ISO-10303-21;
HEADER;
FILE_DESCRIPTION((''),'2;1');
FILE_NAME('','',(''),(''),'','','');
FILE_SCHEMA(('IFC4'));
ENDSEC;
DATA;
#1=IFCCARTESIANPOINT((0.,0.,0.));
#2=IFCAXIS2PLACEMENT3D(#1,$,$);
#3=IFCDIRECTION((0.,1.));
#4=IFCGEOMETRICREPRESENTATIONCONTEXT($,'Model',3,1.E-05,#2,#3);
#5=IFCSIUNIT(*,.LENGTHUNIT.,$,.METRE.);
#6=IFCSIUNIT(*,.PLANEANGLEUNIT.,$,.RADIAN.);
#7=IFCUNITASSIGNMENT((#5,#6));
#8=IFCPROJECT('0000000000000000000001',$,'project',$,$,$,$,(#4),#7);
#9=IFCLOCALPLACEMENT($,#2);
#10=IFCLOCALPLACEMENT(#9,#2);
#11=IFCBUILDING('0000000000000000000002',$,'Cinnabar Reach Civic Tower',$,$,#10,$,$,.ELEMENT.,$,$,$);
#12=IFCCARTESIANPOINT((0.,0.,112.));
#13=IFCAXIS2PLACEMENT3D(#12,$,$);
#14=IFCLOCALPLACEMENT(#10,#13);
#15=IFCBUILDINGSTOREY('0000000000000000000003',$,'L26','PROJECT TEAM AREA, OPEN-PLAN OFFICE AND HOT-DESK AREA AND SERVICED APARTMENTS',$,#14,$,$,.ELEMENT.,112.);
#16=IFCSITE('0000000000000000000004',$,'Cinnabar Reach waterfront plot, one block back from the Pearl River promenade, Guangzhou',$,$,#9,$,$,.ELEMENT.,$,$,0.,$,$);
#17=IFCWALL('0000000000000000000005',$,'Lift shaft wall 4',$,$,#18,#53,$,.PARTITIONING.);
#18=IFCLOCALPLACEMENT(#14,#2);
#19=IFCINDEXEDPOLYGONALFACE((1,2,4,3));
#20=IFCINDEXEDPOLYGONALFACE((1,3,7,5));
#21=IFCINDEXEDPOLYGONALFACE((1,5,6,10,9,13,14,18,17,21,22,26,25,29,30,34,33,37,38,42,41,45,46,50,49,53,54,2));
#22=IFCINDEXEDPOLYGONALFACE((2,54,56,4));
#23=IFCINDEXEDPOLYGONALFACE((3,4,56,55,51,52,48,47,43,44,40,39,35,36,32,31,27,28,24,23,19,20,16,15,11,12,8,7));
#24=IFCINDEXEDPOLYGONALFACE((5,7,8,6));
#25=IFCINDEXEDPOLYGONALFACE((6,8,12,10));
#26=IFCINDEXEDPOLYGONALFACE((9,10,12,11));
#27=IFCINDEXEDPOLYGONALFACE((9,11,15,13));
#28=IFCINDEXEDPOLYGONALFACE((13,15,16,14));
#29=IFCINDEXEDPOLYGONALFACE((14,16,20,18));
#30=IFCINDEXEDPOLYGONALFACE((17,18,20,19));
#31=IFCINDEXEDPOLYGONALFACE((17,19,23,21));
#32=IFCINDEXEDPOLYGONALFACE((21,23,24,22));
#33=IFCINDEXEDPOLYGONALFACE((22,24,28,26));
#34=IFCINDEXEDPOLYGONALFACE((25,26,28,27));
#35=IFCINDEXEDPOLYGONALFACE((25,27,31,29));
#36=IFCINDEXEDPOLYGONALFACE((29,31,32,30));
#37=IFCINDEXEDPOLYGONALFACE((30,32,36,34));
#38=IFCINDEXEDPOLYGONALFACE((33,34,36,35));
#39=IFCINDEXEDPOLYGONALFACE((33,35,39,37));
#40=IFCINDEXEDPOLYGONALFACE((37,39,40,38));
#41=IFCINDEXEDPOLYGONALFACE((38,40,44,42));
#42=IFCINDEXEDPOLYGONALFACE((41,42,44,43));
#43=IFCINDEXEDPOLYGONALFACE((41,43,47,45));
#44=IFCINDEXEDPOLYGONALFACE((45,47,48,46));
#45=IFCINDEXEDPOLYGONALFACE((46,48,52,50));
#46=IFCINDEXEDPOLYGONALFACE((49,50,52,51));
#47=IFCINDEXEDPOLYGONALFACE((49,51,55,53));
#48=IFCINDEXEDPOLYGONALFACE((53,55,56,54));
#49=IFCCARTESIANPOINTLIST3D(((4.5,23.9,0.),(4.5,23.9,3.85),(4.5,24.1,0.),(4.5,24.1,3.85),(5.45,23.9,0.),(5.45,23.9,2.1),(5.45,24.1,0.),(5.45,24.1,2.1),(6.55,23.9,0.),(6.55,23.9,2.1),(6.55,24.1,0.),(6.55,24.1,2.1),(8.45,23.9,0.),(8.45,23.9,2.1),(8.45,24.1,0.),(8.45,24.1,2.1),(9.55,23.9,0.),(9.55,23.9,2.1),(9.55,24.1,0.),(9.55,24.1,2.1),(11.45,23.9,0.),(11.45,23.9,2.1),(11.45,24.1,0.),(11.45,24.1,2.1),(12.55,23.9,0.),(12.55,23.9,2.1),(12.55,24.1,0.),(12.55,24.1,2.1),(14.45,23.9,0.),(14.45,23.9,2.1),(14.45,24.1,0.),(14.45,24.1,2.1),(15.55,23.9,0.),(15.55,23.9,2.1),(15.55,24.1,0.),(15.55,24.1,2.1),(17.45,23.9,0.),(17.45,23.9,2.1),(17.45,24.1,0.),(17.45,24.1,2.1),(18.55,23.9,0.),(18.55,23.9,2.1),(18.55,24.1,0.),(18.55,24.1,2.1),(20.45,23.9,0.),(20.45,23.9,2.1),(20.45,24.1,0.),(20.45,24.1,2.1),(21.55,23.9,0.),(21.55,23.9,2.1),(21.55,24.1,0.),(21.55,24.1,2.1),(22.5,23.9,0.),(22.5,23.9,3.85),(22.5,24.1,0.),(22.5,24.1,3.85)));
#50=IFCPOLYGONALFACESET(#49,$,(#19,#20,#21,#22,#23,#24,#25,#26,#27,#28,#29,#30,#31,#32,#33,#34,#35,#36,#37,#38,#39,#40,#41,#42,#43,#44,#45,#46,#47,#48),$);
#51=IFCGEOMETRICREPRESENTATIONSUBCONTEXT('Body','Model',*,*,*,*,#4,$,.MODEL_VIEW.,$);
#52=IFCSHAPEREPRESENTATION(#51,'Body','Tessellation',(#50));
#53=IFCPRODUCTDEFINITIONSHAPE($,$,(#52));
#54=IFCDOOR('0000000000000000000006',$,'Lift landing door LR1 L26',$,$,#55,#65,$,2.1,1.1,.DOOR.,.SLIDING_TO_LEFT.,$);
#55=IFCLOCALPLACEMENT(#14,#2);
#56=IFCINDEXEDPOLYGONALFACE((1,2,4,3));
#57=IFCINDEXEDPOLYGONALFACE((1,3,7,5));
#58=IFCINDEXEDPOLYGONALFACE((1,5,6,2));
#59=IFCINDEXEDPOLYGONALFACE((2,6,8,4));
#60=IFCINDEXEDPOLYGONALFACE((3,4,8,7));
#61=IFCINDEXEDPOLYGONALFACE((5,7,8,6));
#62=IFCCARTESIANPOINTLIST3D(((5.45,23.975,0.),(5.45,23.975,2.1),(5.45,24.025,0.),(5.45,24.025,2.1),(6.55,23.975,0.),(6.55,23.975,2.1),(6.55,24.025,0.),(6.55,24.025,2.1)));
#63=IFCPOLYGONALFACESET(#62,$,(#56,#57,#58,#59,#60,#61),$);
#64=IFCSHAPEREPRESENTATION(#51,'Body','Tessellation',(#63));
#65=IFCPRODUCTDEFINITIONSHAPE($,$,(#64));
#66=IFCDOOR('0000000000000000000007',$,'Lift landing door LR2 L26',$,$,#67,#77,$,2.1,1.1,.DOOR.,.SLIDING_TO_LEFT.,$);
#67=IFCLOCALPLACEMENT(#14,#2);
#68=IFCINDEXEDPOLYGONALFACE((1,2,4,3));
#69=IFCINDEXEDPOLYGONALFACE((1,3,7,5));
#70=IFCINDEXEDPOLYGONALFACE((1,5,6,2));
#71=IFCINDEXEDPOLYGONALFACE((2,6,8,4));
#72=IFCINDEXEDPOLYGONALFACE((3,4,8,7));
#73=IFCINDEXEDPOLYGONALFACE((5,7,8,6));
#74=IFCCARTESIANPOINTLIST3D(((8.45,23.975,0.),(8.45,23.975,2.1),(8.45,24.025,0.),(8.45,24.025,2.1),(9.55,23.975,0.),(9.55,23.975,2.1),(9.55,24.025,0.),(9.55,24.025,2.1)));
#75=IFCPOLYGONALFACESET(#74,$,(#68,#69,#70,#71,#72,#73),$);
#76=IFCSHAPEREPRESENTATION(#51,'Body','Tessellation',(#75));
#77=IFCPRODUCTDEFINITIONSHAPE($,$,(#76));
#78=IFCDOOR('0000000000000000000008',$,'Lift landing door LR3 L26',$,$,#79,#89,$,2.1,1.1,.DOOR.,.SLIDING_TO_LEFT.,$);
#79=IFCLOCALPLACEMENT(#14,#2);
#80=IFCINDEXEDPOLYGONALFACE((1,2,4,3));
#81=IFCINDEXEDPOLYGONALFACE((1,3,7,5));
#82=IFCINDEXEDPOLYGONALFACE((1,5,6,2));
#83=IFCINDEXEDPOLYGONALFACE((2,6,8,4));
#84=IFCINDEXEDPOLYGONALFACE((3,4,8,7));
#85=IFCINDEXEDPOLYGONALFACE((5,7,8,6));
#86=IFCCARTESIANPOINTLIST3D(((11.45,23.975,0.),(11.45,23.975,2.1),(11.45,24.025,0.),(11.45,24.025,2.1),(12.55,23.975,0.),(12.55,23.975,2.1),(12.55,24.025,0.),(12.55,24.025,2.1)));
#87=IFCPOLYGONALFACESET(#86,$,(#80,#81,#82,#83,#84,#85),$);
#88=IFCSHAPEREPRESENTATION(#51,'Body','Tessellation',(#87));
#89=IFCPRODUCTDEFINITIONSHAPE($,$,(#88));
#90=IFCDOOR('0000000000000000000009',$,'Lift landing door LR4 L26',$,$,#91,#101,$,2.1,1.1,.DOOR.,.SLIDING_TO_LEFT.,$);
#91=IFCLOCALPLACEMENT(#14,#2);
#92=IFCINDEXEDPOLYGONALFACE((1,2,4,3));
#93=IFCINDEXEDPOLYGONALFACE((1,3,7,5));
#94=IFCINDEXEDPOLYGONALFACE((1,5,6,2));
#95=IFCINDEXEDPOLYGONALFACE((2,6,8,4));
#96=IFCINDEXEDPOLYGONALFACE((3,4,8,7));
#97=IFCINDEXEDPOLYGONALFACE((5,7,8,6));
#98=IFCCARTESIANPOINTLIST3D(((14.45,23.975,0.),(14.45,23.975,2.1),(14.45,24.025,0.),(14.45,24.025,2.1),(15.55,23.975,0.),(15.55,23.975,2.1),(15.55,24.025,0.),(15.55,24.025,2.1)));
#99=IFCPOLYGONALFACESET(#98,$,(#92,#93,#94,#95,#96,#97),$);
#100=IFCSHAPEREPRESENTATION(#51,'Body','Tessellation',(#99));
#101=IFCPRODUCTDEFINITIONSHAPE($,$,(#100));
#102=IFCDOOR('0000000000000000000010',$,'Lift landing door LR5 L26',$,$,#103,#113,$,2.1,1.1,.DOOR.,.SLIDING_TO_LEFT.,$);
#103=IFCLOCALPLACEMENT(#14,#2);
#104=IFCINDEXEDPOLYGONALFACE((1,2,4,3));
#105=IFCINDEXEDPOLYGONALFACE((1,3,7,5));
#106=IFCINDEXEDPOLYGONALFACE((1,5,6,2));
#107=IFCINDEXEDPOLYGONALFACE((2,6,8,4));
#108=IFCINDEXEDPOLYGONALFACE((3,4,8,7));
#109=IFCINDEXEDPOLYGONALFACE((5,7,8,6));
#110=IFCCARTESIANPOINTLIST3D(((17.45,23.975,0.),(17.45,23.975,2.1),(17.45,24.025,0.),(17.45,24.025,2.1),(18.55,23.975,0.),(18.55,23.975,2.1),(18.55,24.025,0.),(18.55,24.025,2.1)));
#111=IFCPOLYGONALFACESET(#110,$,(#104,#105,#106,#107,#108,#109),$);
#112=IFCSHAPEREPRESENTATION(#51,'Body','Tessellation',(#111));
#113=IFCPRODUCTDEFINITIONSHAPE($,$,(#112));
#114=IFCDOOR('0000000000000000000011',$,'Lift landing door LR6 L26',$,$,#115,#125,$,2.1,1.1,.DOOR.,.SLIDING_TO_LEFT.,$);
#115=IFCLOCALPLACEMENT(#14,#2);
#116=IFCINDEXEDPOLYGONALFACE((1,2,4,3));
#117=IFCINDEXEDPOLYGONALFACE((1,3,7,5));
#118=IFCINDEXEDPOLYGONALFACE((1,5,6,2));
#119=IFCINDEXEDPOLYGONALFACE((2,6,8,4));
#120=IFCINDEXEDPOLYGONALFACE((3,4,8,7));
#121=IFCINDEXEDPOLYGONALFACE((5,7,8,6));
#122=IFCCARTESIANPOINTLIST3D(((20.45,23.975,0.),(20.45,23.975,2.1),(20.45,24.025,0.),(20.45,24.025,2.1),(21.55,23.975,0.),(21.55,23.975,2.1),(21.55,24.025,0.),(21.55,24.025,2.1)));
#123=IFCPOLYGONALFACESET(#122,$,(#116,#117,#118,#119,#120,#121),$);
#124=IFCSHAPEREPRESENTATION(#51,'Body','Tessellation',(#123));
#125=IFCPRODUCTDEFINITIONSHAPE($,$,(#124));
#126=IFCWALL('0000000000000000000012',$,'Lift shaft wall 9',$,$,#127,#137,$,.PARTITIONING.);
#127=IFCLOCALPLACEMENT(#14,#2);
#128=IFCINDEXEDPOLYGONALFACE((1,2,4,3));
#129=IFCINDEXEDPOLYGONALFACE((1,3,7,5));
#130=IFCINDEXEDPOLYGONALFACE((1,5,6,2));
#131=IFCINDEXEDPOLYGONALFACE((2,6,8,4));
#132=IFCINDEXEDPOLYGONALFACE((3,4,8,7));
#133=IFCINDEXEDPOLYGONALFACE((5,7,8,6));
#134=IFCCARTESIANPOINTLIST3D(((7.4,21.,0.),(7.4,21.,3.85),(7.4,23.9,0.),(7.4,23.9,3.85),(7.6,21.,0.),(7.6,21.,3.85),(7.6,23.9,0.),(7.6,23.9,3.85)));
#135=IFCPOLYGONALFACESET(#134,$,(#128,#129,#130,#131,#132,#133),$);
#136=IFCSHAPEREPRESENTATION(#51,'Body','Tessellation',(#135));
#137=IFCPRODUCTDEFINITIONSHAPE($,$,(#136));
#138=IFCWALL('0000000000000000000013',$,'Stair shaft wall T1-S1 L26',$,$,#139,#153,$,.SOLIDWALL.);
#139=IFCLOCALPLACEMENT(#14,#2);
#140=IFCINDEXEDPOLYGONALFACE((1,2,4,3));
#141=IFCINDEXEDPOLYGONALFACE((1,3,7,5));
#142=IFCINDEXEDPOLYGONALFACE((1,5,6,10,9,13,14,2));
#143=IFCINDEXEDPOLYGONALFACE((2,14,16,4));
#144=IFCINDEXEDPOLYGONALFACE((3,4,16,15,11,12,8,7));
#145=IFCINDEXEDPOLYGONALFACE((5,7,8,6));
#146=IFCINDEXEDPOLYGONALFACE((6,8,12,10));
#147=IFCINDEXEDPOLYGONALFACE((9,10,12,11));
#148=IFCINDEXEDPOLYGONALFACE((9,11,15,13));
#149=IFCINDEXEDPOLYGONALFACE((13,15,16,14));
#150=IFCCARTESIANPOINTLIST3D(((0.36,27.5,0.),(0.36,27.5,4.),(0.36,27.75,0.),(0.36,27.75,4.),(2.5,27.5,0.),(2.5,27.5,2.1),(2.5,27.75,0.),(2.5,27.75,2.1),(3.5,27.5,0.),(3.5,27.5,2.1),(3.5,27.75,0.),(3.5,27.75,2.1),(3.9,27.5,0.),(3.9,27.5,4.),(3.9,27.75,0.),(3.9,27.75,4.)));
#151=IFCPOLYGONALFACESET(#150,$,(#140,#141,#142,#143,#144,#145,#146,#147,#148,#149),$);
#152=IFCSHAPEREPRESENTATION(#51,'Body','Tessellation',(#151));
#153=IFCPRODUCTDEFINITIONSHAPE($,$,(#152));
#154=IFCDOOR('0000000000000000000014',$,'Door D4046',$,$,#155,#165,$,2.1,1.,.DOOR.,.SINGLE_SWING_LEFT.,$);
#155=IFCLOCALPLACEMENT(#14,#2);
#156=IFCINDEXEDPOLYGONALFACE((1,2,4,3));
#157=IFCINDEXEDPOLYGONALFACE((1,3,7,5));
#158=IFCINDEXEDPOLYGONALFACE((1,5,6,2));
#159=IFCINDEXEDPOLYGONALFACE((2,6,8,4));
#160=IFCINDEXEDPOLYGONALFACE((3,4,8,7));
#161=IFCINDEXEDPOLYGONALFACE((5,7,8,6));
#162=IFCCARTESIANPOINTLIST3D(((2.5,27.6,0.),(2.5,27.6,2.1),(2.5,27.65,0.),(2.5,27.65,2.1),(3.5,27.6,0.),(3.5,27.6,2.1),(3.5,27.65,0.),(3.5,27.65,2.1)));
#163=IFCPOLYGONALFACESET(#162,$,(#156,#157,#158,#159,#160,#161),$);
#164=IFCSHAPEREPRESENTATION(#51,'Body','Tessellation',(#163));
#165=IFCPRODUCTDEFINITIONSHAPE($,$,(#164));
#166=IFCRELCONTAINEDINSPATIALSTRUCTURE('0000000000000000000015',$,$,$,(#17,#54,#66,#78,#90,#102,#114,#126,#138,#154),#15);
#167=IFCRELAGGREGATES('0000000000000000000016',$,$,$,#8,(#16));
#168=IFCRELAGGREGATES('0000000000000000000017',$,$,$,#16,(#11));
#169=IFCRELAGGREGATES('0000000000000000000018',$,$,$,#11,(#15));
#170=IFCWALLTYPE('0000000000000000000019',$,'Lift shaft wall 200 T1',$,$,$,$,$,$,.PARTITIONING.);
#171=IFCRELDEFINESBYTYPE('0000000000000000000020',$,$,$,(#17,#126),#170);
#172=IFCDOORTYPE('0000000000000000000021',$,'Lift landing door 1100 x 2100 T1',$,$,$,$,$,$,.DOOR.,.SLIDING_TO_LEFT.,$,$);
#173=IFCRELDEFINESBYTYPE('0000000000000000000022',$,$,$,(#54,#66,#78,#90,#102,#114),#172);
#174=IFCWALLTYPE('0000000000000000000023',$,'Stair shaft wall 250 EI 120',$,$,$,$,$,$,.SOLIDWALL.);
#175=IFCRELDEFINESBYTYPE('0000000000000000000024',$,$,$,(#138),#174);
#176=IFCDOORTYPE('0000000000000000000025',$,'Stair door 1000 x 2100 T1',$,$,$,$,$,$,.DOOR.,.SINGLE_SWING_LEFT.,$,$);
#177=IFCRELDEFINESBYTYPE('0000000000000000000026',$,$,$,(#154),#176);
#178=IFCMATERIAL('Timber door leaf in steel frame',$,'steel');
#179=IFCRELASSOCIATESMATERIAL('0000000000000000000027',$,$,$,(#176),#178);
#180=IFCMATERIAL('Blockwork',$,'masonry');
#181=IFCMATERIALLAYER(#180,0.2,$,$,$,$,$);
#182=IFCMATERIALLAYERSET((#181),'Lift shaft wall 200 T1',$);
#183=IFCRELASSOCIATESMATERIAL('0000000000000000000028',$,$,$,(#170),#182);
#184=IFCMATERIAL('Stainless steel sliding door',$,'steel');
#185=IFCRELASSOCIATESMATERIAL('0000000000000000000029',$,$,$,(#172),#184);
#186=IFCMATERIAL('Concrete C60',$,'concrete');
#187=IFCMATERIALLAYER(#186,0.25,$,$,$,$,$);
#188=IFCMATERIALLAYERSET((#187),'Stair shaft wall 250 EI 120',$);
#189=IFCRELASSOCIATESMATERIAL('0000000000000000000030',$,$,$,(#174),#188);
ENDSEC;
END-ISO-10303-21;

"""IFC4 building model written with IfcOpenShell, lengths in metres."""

from ifc_helpers import new_model, si_unit, direction, frame, frame_2d, origin, place, context, subcontext, project, spatial, rectangle, extrude, material, layer, layer_set, type_object, element, fill, save


model = new_model("IFC4")

# Units and contexts
model_context = context("Model", 3, precision=1e-05, world=origin(), true_north=direction((0.0, 1.0)))
body_context = subcontext(model_context, "Body", "Model", "MODEL_VIEW")
ifc_project = project(units=[si_unit("LENGTHUNIT", "METRE"), si_unit("PLANEANGLEUNIT", "RADIAN")], contexts=[model_context])

# Site, building, storey
site_placement = place(None, origin())
site = spatial("IfcSite", under=ifc_project, at=site_placement, Name="Cinnabar Reach waterfront plot, one block back from the Pearl River promenade, Guangzhou", CompositionType="ELEMENT", RefElevation=0.0)
building_placement = place(site_placement, origin())
building = spatial("IfcBuilding", under=site, at=building_placement, Name="Cinnabar Reach Civic Tower", CompositionType="ELEMENT")
storey_placement = place(building_placement, frame((0.0, 0.0, 112.0)))
storey = spatial("IfcBuildingStorey", under=building, at=storey_placement, Name="L26", Description="PROJECT TEAM AREA, OPEN-PLAN OFFICE AND HOT-DESK AREA AND SERVICED APARTMENTS", CompositionType="ELEMENT", Elevation=112.0)

# Shared definitions
ifc_material_1 = material(Name="Timber door leaf in steel frame", Category="steel")
door_type_1 = type_object("IfcDoorType", Name="Stair door 1000 x 2100 T1", OperationType="SINGLE_SWING_LEFT", PredefinedType="DOOR", material=ifc_material_1)

# Wall, openings, doors
ifc_material_2 = material(Name="Blockwork", Category="masonry")
ifc_layer_1 = layer(ifc_material_2, 0.2)
ifc_layer_set_1 = layer_set([ifc_layer_1], Name="Lift shaft wall 200 T1")
wall_type_1 = type_object("IfcWallType", Name="Lift shaft wall 200 T1", PredefinedType="PARTITIONING", material=ifc_layer_set_1)
wall_1_placement = place(storey_placement, frame((4.5, 24.0, 0.0), z_axis=(0.0, 0.0, 1.0), x_axis=(1.0, 0.0, 0.0)))
wall_1 = element("IfcWall", 1, at=wall_1_placement, inside=storey, type_object=wall_type_1, Name="Lift shaft wall 4", PredefinedType="PARTITIONING", context=body_context, shape_type="SweptSolid", body=[
    extrude(rectangle(XDim=18.0, YDim=0.2, at=frame_2d((9.0, 0.0))), origin(), (0.0, 0.0, 1.0), 3.85),
])
opening_1_placement = place(wall_1_placement, frame((0.95, 0.0, 0.0)))
opening_1 = element("IfcOpeningElement", 2, at=opening_1_placement, cuts=wall_1, PredefinedType="OPENING", context=body_context, shape_type="SweptSolid", body=[
    extrude(rectangle(XDim=1.1, YDim=2.1, at=frame_2d((0.55, 1.05))), frame((0.0, 0.11, 0.0), z_axis=(0.0, -1.0, 0.0), x_axis=(1.0, 0.0, 0.0)), (0.0, 0.0, 1.0), 0.22),
])
opening_2_placement = place(wall_1_placement, frame((3.95, 0.0, 0.0)))
opening_2 = element("IfcOpeningElement", 3, at=opening_2_placement, cuts=wall_1, PredefinedType="OPENING", context=body_context, shape_type="SweptSolid", body=[
    extrude(rectangle(XDim=1.1, YDim=2.1, at=frame_2d((0.55, 1.05))), frame((0.0, 0.11, 0.0), z_axis=(0.0, -1.0, 0.0), x_axis=(1.0, 0.0, 0.0)), (0.0, 0.0, 1.0), 0.22),
])
opening_3_placement = place(wall_1_placement, frame((6.95, 0.0, 0.0)))
opening_3 = element("IfcOpeningElement", 4, at=opening_3_placement, cuts=wall_1, PredefinedType="OPENING", context=body_context, shape_type="SweptSolid", body=[
    extrude(rectangle(XDim=1.1, YDim=2.1, at=frame_2d((0.55, 1.05))), frame((0.0, 0.11, 0.0), z_axis=(0.0, -1.0, 0.0), x_axis=(1.0, 0.0, 0.0)), (0.0, 0.0, 1.0), 0.22),
])
opening_4_placement = place(wall_1_placement, frame((9.95, 0.0, 0.0)))
opening_4 = element("IfcOpeningElement", 5, at=opening_4_placement, cuts=wall_1, PredefinedType="OPENING", context=body_context, shape_type="SweptSolid", body=[
    extrude(rectangle(XDim=1.1, YDim=2.1, at=frame_2d((0.55, 1.05))), frame((0.0, 0.11, 0.0), z_axis=(0.0, -1.0, 0.0), x_axis=(1.0, 0.0, 0.0)), (0.0, 0.0, 1.0), 0.22),
])
opening_5_placement = place(wall_1_placement, frame((12.95, 0.0, 0.0)))
opening_5 = element("IfcOpeningElement", 6, at=opening_5_placement, cuts=wall_1, PredefinedType="OPENING", context=body_context, shape_type="SweptSolid", body=[
    extrude(rectangle(XDim=1.1, YDim=2.1, at=frame_2d((0.55, 1.05))), frame((0.0, 0.11, 0.0), z_axis=(0.0, -1.0, 0.0), x_axis=(1.0, 0.0, 0.0)), (0.0, 0.0, 1.0), 0.22),
])
opening_6_placement = place(wall_1_placement, frame((15.95, 0.0, 0.0)))
opening_6 = element("IfcOpeningElement", 7, at=opening_6_placement, cuts=wall_1, PredefinedType="OPENING", context=body_context, shape_type="SweptSolid", body=[
    extrude(rectangle(XDim=1.1, YDim=2.1, at=frame_2d((0.55, 1.05))), frame((0.0, 0.11, 0.0), z_axis=(0.0, -1.0, 0.0), x_axis=(1.0, 0.0, 0.0)), (0.0, 0.0, 1.0), 0.22),
])
ifc_material_3 = material(Name="Stainless steel sliding door", Category="steel")
door_type_2 = type_object("IfcDoorType", Name="Lift landing door 1100 x 2100 T1", OperationType="SLIDING_TO_LEFT", PredefinedType="DOOR", material=ifc_material_3)
door_1_placement = place(opening_1_placement, origin())
door_1 = element("IfcDoor", 8, at=door_1_placement, inside=storey, type_object=door_type_2, Name="Lift landing door LR1 L26", OperationType="SLIDING_TO_LEFT", OverallHeight=2.1, OverallWidth=1.1, PredefinedType="DOOR", context=body_context, shape_type="SweptSolid", body=[
    extrude(rectangle(XDim=1.1, YDim=2.1, at=frame_2d((0.55, 1.05))), frame((0.0, 0.025, 0.0), z_axis=(0.0, -1.0, 0.0), x_axis=(1.0, 0.0, 0.0)), (0.0, 0.0, 1.0), 0.05),
])
fill(opening_1, door_1)
door_2_placement = place(opening_2_placement, origin())
door_2 = element("IfcDoor", 9, at=door_2_placement, inside=storey, type_object=door_type_2, Name="Lift landing door LR2 L26", OperationType="SLIDING_TO_LEFT", OverallHeight=2.1, OverallWidth=1.1, PredefinedType="DOOR", context=body_context, shape_type="SweptSolid", body=[
    extrude(rectangle(XDim=1.1, YDim=2.1, at=frame_2d((0.55, 1.05))), frame((0.0, 0.025, 0.0), z_axis=(0.0, -1.0, 0.0), x_axis=(1.0, 0.0, 0.0)), (0.0, 0.0, 1.0), 0.05),
])
fill(opening_2, door_2)
door_3_placement = place(opening_3_placement, origin())
door_3 = element("IfcDoor", 10, at=door_3_placement, inside=storey, type_object=door_type_2, Name="Lift landing door LR3 L26", OperationType="SLIDING_TO_LEFT", OverallHeight=2.1, OverallWidth=1.1, PredefinedType="DOOR", context=body_context, shape_type="SweptSolid", body=[
    extrude(rectangle(XDim=1.1, YDim=2.1, at=frame_2d((0.55, 1.05))), frame((0.0, 0.025, 0.0), z_axis=(0.0, -1.0, 0.0), x_axis=(1.0, 0.0, 0.0)), (0.0, 0.0, 1.0), 0.05),
])
fill(opening_3, door_3)
door_4_placement = place(opening_4_placement, origin())
door_4 = element("IfcDoor", 11, at=door_4_placement, inside=storey, type_object=door_type_2, Name="Lift landing door LR4 L26", OperationType="SLIDING_TO_LEFT", OverallHeight=2.1, OverallWidth=1.1, PredefinedType="DOOR", context=body_context, shape_type="SweptSolid", body=[
    extrude(rectangle(XDim=1.1, YDim=2.1, at=frame_2d((0.55, 1.05))), frame((0.0, 0.025, 0.0), z_axis=(0.0, -1.0, 0.0), x_axis=(1.0, 0.0, 0.0)), (0.0, 0.0, 1.0), 0.05),
])
fill(opening_4, door_4)
door_5_placement = place(opening_5_placement, origin())
door_5 = element("IfcDoor", 12, at=door_5_placement, inside=storey, type_object=door_type_2, Name="Lift landing door LR5 L26", OperationType="SLIDING_TO_LEFT", OverallHeight=2.1, OverallWidth=1.1, PredefinedType="DOOR", context=body_context, shape_type="SweptSolid", body=[
    extrude(rectangle(XDim=1.1, YDim=2.1, at=frame_2d((0.55, 1.05))), frame((0.0, 0.025, 0.0), z_axis=(0.0, -1.0, 0.0), x_axis=(1.0, 0.0, 0.0)), (0.0, 0.0, 1.0), 0.05),
])
fill(opening_5, door_5)
door_6_placement = place(opening_6_placement, origin())
door_6 = element("IfcDoor", 13, at=door_6_placement, inside=storey, type_object=door_type_2, Name="Lift landing door LR6 L26", OperationType="SLIDING_TO_LEFT", OverallHeight=2.1, OverallWidth=1.1, PredefinedType="DOOR", context=body_context, shape_type="SweptSolid", body=[
    extrude(rectangle(XDim=1.1, YDim=2.1, at=frame_2d((0.55, 1.05))), frame((0.0, 0.025, 0.0), z_axis=(0.0, -1.0, 0.0), x_axis=(1.0, 0.0, 0.0)), (0.0, 0.0, 1.0), 0.05),
])
fill(opening_6, door_6)

# Wall
wall_2_placement = place(storey_placement, frame((7.5, 21.0, 0.0), z_axis=(0.0, 0.0, 1.0), x_axis=(0.0, 1.0, 0.0)))
element("IfcWall", 14, at=wall_2_placement, inside=storey, type_object=wall_type_1, Name="Lift shaft wall 9", PredefinedType="PARTITIONING", context=body_context, shape_type="SweptSolid", body=[
    extrude(rectangle(XDim=2.9, YDim=0.2, at=frame_2d((1.45, 0.0))), origin(), (0.0, 0.0, 1.0), 3.85),
])

# Wall, opening, door
ifc_material_4 = material(Name="Concrete C60", Category="concrete")
ifc_layer_2 = layer(ifc_material_4, 0.25)
ifc_layer_set_2 = layer_set([ifc_layer_2], Name="Stair shaft wall 250 EI 120")
wall_type_2 = type_object("IfcWallType", Name="Stair shaft wall 250 EI 120", PredefinedType="SOLIDWALL", material=ifc_layer_set_2)
wall_3_placement = place(storey_placement, frame((3.9, 27.625, 0.0), z_axis=(0.0, 0.0, 1.0), x_axis=(-1.0, 0.0, 0.0)))
wall_3 = element("IfcWall", 15, at=wall_3_placement, inside=storey, type_object=wall_type_2, Name="Stair shaft wall T1-S1 L26", PredefinedType="SOLIDWALL", context=body_context, shape_type="SweptSolid", body=[
    extrude(rectangle(XDim=3.54, YDim=0.25, at=frame_2d((1.77, 0.0))), origin(), (0.0, 0.0, 1.0), 4.0),
])
opening_7_placement = place(wall_3_placement, frame((0.4, 0.0, 0.0)))
opening_7 = element("IfcOpeningElement", 16, at=opening_7_placement, cuts=wall_3, PredefinedType="OPENING", context=body_context, shape_type="SweptSolid", body=[
    extrude(rectangle(XDim=1.0, YDim=2.1, at=frame_2d((0.5, 1.05))), frame((0.0, 0.135, 0.0), z_axis=(0.0, -1.0, 0.0), x_axis=(1.0, 0.0, 0.0)), (0.0, 0.0, 1.0), 0.27),
])
door_7_placement = place(opening_7_placement, origin())
door_7 = element("IfcDoor", 17, at=door_7_placement, inside=storey, type_object=door_type_1, Name="Door D4046", OperationType="SINGLE_SWING_LEFT", OverallHeight=2.1, OverallWidth=1.0, PredefinedType="DOOR", context=body_context, shape_type="SweptSolid", body=[
    extrude(rectangle(XDim=1.0, YDim=2.1, at=frame_2d((0.5, 1.05))), frame((0.0, 0.025, 0.0), z_axis=(0.0, -1.0, 0.0), x_axis=(1.0, 0.0, 0.0)), (0.0, 0.0, 1.0), 0.05),
])
fill(opening_7, door_7)

save(model, "model.ifc")
